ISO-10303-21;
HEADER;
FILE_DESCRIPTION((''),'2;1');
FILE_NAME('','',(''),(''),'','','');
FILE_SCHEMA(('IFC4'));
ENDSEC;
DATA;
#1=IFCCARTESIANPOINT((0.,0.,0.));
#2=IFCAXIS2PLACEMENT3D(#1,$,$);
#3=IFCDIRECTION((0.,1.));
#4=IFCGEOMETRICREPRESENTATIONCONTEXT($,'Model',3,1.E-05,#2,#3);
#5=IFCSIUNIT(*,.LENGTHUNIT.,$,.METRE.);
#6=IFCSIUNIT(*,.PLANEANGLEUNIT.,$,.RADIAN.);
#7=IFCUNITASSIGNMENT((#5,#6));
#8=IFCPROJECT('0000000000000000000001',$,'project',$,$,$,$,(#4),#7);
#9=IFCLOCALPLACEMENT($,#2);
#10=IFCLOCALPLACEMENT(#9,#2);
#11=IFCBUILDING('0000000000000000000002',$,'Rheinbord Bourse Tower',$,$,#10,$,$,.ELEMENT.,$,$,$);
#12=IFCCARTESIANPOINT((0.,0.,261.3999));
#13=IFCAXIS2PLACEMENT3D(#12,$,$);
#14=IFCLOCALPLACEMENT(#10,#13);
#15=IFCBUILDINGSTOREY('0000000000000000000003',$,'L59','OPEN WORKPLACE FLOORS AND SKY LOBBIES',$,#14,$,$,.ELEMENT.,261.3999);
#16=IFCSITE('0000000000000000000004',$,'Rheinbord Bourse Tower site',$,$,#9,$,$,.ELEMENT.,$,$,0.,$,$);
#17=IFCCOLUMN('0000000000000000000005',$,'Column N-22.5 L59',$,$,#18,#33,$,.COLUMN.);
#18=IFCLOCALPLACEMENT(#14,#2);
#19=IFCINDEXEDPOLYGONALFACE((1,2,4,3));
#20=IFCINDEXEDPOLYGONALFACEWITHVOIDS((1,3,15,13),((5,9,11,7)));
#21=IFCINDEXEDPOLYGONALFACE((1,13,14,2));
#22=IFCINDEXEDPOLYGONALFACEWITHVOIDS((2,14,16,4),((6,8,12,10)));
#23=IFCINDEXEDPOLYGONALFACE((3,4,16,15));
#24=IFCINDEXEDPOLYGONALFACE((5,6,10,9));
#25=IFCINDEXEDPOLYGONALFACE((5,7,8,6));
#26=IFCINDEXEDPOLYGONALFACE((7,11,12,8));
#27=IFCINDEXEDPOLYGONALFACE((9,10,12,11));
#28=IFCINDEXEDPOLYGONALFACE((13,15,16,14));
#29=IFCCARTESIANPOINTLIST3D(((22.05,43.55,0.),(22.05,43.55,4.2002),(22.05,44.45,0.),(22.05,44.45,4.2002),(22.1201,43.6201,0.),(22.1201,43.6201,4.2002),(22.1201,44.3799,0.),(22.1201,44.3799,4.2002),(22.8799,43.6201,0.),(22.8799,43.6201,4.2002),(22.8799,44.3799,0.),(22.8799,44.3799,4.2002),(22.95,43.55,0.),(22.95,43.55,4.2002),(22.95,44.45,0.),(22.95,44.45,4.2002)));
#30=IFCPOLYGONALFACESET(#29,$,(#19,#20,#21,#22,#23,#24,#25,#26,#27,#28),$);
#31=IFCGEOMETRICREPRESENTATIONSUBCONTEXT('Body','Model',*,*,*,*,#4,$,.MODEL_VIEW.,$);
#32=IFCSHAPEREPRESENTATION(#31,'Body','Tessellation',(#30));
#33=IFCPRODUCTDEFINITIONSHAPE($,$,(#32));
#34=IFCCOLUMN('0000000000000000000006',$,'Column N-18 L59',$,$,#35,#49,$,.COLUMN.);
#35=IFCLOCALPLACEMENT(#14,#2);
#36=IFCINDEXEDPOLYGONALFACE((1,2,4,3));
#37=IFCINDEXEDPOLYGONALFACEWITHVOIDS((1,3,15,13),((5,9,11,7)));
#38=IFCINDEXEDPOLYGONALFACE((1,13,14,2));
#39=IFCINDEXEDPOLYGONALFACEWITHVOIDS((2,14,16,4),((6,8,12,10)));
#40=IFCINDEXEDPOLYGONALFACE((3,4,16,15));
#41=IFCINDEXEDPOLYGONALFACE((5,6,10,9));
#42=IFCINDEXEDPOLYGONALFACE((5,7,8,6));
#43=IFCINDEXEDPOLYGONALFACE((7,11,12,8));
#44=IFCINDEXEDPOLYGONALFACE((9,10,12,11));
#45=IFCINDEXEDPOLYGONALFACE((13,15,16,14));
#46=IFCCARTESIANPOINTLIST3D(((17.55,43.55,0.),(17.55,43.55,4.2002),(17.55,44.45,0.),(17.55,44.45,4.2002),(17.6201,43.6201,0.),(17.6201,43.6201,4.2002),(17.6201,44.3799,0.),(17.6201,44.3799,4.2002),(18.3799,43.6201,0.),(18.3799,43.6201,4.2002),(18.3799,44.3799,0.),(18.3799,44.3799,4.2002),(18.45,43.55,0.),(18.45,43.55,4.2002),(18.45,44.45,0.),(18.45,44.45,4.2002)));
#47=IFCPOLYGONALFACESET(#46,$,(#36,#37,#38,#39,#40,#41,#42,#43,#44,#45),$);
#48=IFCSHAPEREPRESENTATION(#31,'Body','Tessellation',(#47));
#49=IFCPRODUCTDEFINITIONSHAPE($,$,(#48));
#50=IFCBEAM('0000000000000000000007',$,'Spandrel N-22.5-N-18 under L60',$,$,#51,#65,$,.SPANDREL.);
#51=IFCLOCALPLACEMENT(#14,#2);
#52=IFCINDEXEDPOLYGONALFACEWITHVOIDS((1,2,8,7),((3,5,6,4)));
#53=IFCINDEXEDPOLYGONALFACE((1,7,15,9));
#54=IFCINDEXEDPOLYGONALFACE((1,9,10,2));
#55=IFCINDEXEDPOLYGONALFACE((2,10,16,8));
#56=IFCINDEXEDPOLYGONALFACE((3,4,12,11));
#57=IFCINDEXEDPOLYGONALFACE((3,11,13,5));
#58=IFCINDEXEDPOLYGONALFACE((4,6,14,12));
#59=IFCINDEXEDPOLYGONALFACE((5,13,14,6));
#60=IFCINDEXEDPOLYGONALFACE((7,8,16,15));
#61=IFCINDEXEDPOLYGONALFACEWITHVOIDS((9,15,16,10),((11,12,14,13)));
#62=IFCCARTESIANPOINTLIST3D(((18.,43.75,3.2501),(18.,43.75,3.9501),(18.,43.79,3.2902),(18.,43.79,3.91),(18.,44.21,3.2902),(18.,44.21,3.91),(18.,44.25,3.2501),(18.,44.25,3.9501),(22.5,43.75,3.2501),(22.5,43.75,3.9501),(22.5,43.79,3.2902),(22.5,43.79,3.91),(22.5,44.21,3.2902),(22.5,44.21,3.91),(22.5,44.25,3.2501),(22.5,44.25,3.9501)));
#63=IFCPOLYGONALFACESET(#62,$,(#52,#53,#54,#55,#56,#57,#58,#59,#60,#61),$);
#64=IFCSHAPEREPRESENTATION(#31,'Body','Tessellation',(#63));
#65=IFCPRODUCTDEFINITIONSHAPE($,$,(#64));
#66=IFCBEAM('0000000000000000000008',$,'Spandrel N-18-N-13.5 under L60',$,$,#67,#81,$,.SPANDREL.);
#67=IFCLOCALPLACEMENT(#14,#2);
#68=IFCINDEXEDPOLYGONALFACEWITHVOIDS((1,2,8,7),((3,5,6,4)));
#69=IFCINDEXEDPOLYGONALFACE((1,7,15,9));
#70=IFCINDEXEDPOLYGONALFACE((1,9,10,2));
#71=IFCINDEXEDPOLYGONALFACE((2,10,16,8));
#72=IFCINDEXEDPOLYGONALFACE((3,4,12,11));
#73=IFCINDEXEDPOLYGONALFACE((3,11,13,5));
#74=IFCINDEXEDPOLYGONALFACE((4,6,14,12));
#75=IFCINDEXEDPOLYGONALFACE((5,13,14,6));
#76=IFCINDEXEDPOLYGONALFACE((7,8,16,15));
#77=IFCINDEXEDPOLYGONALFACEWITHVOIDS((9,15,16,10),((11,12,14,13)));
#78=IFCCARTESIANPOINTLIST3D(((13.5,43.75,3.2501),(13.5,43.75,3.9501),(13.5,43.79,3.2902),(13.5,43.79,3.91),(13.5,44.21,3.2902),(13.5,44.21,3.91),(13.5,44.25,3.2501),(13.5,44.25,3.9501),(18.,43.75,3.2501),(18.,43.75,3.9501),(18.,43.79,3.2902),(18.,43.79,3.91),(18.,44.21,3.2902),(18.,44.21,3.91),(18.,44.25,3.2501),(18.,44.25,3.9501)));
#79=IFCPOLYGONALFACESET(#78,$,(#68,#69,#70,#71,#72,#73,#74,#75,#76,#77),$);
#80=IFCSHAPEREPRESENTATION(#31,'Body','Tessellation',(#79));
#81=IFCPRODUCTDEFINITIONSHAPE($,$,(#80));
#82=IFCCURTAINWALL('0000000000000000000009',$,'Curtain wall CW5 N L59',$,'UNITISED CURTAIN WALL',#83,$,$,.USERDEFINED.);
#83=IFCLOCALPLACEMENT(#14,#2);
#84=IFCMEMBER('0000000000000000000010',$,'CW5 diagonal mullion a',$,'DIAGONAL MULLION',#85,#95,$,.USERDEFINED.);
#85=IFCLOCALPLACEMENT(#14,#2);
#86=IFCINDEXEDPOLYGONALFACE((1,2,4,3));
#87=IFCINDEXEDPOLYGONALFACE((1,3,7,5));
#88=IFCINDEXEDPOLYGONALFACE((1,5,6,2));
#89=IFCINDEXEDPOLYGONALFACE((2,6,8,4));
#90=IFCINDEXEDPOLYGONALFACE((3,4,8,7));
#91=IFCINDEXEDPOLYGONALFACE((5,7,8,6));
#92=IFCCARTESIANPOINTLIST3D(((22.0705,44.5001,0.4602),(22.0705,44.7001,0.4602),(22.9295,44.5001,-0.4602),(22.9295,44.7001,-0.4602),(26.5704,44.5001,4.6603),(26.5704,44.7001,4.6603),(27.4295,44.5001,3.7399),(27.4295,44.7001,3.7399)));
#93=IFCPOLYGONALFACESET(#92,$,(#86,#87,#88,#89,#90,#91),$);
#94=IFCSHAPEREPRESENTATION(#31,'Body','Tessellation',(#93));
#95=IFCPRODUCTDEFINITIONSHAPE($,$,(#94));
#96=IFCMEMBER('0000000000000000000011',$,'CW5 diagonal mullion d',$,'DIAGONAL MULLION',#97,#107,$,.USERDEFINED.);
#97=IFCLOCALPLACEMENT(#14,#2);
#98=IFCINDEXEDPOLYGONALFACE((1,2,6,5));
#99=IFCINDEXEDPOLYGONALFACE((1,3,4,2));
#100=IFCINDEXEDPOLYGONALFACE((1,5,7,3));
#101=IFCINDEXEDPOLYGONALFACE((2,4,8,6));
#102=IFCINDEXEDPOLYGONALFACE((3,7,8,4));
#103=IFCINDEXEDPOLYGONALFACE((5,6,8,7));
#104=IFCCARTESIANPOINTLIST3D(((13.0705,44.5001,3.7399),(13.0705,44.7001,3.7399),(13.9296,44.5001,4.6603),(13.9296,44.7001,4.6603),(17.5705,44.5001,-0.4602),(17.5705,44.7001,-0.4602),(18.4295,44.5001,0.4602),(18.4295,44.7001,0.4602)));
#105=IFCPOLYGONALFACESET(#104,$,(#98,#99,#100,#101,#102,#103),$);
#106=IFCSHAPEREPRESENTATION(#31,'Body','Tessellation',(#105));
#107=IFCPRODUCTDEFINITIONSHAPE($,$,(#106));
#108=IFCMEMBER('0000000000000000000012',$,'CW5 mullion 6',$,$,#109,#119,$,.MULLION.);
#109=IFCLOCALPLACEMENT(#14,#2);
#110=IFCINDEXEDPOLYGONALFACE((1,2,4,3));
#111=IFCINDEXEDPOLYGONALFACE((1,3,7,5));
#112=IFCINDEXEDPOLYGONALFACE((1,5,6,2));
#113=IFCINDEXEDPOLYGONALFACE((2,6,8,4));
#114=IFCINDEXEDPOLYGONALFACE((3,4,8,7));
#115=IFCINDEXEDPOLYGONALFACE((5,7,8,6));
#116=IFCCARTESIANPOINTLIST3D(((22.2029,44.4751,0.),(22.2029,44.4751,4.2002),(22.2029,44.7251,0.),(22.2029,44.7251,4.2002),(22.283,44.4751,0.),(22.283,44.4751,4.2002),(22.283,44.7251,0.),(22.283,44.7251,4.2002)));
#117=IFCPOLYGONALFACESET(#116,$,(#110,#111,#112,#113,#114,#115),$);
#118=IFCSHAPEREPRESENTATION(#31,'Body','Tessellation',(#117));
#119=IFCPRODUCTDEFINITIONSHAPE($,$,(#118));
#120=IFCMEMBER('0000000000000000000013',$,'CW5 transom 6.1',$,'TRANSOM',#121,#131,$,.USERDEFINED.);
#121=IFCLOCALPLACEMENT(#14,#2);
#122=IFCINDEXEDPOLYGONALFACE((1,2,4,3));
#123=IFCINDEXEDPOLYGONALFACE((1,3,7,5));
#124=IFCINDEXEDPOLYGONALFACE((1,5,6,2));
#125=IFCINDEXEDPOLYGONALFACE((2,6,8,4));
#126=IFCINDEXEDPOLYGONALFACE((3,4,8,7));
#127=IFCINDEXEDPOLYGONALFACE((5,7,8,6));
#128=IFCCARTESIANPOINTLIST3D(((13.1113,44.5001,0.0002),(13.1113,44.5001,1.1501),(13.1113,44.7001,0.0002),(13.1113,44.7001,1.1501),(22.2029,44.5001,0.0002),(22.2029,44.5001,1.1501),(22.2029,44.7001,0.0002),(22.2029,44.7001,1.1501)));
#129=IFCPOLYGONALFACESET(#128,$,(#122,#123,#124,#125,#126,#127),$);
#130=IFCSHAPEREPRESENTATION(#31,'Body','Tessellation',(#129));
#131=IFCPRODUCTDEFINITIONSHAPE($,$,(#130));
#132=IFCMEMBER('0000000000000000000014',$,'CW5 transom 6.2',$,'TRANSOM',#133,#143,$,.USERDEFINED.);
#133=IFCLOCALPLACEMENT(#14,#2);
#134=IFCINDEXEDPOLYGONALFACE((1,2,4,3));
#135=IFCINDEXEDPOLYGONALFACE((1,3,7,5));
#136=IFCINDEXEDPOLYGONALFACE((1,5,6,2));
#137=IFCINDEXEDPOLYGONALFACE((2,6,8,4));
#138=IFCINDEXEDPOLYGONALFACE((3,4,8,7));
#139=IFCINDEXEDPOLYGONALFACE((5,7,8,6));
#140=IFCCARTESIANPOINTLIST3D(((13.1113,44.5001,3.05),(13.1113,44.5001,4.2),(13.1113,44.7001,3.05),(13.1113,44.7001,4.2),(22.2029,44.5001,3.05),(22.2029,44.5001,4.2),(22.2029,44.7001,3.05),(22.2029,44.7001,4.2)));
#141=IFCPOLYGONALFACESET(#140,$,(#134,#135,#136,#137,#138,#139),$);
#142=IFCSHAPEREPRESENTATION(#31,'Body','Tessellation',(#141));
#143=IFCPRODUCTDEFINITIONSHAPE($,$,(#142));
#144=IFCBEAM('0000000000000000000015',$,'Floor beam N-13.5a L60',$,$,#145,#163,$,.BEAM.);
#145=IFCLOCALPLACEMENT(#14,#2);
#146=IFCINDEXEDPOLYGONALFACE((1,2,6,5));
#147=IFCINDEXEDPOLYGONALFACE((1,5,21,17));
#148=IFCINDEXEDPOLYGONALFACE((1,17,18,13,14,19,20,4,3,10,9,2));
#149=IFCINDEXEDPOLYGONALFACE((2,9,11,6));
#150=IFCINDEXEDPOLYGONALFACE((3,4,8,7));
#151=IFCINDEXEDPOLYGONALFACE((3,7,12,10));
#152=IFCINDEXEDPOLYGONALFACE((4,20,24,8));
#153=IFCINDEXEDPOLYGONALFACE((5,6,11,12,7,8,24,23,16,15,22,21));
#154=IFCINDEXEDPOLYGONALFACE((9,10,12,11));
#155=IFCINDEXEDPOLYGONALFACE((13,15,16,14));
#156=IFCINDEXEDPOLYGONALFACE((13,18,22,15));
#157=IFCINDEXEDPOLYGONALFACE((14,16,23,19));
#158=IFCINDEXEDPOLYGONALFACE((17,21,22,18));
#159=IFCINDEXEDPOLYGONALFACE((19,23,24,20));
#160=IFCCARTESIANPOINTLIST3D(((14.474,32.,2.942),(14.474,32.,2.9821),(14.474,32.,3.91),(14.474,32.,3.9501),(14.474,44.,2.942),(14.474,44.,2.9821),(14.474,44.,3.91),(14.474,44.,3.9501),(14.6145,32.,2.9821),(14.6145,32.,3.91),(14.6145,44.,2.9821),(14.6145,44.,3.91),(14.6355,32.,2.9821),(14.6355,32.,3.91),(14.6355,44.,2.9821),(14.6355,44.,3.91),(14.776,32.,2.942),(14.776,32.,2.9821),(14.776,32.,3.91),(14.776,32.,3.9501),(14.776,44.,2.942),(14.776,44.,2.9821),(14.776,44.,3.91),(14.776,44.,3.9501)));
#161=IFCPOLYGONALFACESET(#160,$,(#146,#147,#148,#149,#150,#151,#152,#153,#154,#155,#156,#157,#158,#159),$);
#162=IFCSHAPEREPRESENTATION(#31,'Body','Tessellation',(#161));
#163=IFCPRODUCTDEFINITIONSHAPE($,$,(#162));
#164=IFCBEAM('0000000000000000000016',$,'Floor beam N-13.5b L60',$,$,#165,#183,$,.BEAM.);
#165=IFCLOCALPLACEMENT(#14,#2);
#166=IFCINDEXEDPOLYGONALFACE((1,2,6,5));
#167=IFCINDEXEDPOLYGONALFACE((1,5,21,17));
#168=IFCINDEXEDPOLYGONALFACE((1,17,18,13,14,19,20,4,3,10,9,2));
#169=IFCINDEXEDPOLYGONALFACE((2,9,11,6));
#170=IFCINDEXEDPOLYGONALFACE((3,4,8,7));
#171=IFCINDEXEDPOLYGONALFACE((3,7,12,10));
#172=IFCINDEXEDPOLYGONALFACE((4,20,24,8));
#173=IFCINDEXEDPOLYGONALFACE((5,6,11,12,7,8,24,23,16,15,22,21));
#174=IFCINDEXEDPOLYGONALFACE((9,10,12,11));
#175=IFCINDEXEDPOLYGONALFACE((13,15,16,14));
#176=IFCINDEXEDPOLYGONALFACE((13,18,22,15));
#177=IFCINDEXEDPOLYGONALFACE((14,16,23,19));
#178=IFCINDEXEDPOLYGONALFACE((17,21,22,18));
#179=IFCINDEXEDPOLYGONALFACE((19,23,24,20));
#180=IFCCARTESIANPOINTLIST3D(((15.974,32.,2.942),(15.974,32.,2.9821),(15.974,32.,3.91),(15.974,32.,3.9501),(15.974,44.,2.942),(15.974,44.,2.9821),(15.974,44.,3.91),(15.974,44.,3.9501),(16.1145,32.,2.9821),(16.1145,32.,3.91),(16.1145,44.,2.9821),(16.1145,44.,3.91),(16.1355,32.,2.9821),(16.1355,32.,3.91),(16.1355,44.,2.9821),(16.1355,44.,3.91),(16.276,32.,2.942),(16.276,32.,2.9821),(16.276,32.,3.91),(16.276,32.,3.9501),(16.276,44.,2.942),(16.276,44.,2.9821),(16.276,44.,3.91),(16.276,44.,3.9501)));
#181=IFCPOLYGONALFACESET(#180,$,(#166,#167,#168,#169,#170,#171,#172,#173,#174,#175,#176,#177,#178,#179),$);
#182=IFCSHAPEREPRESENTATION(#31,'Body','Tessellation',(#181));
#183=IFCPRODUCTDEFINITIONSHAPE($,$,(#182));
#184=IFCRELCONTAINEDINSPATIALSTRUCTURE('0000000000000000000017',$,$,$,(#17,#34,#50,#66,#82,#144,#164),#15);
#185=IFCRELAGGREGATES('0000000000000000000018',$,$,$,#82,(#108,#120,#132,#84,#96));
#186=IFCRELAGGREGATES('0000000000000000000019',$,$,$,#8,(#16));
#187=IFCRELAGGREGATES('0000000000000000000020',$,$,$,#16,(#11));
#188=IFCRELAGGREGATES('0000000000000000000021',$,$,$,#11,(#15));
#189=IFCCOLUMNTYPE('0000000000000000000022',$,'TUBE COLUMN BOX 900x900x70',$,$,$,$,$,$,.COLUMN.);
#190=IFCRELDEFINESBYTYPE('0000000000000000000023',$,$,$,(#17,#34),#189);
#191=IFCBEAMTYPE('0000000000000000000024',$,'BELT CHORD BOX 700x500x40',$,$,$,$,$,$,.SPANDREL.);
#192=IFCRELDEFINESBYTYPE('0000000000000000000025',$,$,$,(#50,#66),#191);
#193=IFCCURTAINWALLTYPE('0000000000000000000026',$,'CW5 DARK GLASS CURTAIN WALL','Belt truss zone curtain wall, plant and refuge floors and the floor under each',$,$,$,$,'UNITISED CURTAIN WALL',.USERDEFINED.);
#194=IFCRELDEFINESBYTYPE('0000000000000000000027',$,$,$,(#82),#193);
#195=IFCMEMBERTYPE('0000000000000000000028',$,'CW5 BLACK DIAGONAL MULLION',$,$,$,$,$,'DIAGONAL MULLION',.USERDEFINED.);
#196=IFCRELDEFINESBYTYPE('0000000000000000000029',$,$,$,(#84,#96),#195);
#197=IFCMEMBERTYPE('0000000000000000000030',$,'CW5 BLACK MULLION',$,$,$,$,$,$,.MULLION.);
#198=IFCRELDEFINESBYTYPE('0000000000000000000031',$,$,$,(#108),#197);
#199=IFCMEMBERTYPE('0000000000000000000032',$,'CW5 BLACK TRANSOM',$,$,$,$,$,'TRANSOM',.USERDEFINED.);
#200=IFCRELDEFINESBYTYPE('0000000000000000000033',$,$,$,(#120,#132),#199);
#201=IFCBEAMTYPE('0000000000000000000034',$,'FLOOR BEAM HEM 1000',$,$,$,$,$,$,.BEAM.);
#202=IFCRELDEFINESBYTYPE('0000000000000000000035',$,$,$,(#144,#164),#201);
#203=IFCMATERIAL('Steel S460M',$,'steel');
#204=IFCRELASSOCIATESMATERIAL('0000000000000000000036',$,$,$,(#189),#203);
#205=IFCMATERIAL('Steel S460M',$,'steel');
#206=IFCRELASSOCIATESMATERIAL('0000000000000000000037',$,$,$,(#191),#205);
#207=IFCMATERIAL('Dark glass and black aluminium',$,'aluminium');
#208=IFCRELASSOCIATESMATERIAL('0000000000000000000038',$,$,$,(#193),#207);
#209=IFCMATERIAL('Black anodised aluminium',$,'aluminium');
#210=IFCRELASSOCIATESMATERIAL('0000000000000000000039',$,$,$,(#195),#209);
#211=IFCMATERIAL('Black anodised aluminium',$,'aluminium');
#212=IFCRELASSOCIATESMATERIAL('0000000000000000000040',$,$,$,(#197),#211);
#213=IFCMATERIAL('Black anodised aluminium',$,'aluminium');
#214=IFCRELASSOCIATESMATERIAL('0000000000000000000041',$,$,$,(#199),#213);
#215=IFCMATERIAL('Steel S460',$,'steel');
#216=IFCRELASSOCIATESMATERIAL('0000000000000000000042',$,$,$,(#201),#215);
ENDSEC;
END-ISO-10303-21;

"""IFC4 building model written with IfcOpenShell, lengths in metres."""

from ifc_helpers import new_model, si_unit, direction, frame, origin, origin_2d, place, context, subcontext, project, spatial, rectangle, hollow_rectangle, i_section, extrude, material, material_profile, profile_set, type_object, element, aggregate, save


model = new_model("IFC4")

# Units and contexts
model_context = context("Model", 3, precision=1e-05, world=origin(), true_north=direction((0.0, 1.0)))
body_context = subcontext(model_context, "Body", "Model", "MODEL_VIEW")
ifc_project = project(units=[si_unit("LENGTHUNIT", "METRE"), si_unit("PLANEANGLEUNIT", "RADIAN")], contexts=[model_context])

# Site, building, storey
site_placement = place(None, origin())
site = spatial("IfcSite", under=ifc_project, at=site_placement, Name="Rheinbord Bourse Tower site", CompositionType="ELEMENT", RefElevation=0.0)
building_placement = place(site_placement, origin())
building = spatial("IfcBuilding", under=site, at=building_placement, Name="Rheinbord Bourse Tower", CompositionType="ELEMENT")
storey_placement = place(building_placement, frame((0.0, 0.0, 261.3999)))
storey = spatial("IfcBuildingStorey", under=building, at=storey_placement, Name="L59", Description="OPEN WORKPLACE FLOORS AND SKY LOBBIES", CompositionType="ELEMENT", Elevation=261.3999)

# Columns
ifc_material_1 = material(Name="Steel S460M", Category="steel")
ifc_material_profile_1 = material_profile(ifc_material_1, hollow_rectangle(XDim=0.8999, YDim=0.8999, WallThickness=0.0701, at=origin_2d()), Name="BOX 900x900x70")
ifc_profile_set_1 = profile_set([ifc_material_profile_1], Name="Steel S460M")
column_type = type_object("IfcColumnType", Name="TUBE COLUMN BOX 900x900x70", PredefinedType="COLUMN", material=ifc_profile_set_1)
for number, where, z_axis, x_axis, name in (
    (1, (22.5, 44.0, 0.0), (0.0, 0.0, 1.0), (0.0, 1.0, 0.0), "Column N-22.5 L59"),
    (2, (18.0, 44.0, 0.0), (0.0, 0.0, 1.0), (0.0, 1.0, 0.0), "Column N-18 L59"),
):
    element("IfcColumn", number, at=place(storey_placement, frame(where, z_axis=z_axis, x_axis=x_axis)), inside=storey, type_object=column_type, Name=name, PredefinedType="COLUMN", context=body_context, shape_type="SweptSolid", body=[
        extrude(hollow_rectangle(XDim=0.8999, YDim=0.8999, WallThickness=0.0701, at=origin_2d()), origin(), (0.0, 0.0, 1.0), 4.2002),
    ])

# Beams
ifc_material_2 = material(Name="Steel S460M", Category="steel")
ifc_material_profile_2 = material_profile(ifc_material_2, hollow_rectangle(XDim=0.5, YDim=0.7, WallThickness=0.04, at=origin_2d()), Name="BOX 700x500x40")
ifc_profile_set_2 = profile_set([ifc_material_profile_2], Name="Steel S460M")
beam_type_1 = type_object("IfcBeamType", Name="BELT CHORD BOX 700x500x40", PredefinedType="SPANDREL", material=ifc_profile_set_2)
for number, where, z_axis, x_axis, name in (
    (3, (22.5, 44.0, 3.6001), (-1.0, 0.0, 0.0), (0.0, -1.0, 0.0), "Spandrel N-22.5-N-18 under L60"),
    (4, (18.0, 44.0, 3.6001), (-1.0, 0.0, 0.0), (0.0, -1.0, 0.0), "Spandrel N-18-N-13.5 under L60"),
):
    element("IfcBeam", number, at=place(storey_placement, frame(where, z_axis=z_axis, x_axis=x_axis)), inside=storey, type_object=beam_type_1, Name=name, PredefinedType="SPANDREL", context=body_context, shape_type="SweptSolid", body=[
        extrude(hollow_rectangle(XDim=0.5, YDim=0.7, WallThickness=0.04, at=origin_2d()), origin(), (0.0, 0.0, 1.0), 4.5),
    ])

# Curtain wall, members
ifc_material_3 = material(Name="Dark glass and black aluminium", Category="aluminium")
curtain_wall_type = type_object("IfcCurtainWallType", Name="CW5 DARK GLASS CURTAIN WALL", Description="Belt truss zone curtain wall, plant and refuge floors and the floor under each", ElementType="UNITISED CURTAIN WALL", PredefinedType="USERDEFINED", material=ifc_material_3)
curtain_wall_placement = place(storey_placement, origin())
curtain_wall = element("IfcCurtainWall", 5, at=curtain_wall_placement, inside=storey, type_object=curtain_wall_type, Name="Curtain wall CW5 N L59", ObjectType="UNITISED CURTAIN WALL", PredefinedType="USERDEFINED")
ifc_material_4 = material(Name="Black anodised aluminium", Category="aluminium")
ifc_material_profile_3 = material_profile(ifc_material_4, rectangle(XDim=0.2, YDim=1.259, at=origin_2d()), Name="CW5 DIAGONAL MULLION 1259x200")
ifc_profile_set_3 = profile_set([ifc_material_profile_3], Name="Black anodised aluminium")
member_type_1 = type_object("IfcMemberType", Name="CW5 BLACK DIAGONAL MULLION", ElementType="DIAGONAL MULLION", PredefinedType="USERDEFINED", material=ifc_profile_set_3)
member_1_placement = place(storey_placement, frame((22.5, 44.6001, 0.0), z_axis=(0.731039, 0.0, 0.682335), x_axis=(0.0, 1.0, 0.0)))
member_1 = element("IfcMember", 6, at=member_1_placement, type_object=member_type_1, Name="CW5 diagonal mullion a", ObjectType="DIAGONAL MULLION", PredefinedType="USERDEFINED", context=body_context, shape_type="SweptSolid", body=[
    extrude(rectangle(XDim=0.2, YDim=1.259, at=origin_2d()), origin(), (0.0, 0.0, 1.0), 6.1555),
])
member_2_placement = place(storey_placement, frame((18.0, 44.6001, 0.0), z_axis=(-0.731039, 0.0, 0.682335), x_axis=(0.0, -1.0, 0.0)))
member_2 = element("IfcMember", 7, at=member_2_placement, type_object=member_type_1, Name="CW5 diagonal mullion d", ObjectType="DIAGONAL MULLION", PredefinedType="USERDEFINED", context=body_context, shape_type="SweptSolid", body=[
    extrude(rectangle(XDim=0.2, YDim=1.259, at=origin_2d()), origin(), (0.0, 0.0, 1.0), 6.1555),
])
ifc_material_5 = material(Name="Black anodised aluminium", Category="aluminium")
ifc_material_profile_4 = material_profile(ifc_material_5, rectangle(XDim=0.25, YDim=0.0801, at=origin_2d()), Name="CW5 MULLION 80x250")
ifc_profile_set_4 = profile_set([ifc_material_profile_4], Name="Black anodised aluminium")
member_type_2 = type_object("IfcMemberType", Name="CW5 BLACK MULLION", PredefinedType="MULLION", material=ifc_profile_set_4)
member_3_placement = place(storey_placement, frame((22.2429, 44.6001, 0.0), z_axis=(0.0, 0.0, 1.0), x_axis=(0.0, -1.0, 0.0)))
member_3 = element("IfcMember", 8, at=member_3_placement, type_object=member_type_2, Name="CW5 mullion 6", PredefinedType="MULLION", context=body_context, shape_type="SweptSolid", body=[
    extrude(rectangle(XDim=0.25, YDim=0.0801, at=origin_2d()), origin(), (0.0, 0.0, 1.0), 4.2002),
])
ifc_material_6 = material(Name="Black anodised aluminium", Category="aluminium")
ifc_material_profile_5 = material_profile(ifc_material_6, rectangle(XDim=0.2, YDim=1.1499, at=origin_2d()), Name="CW5 TRANSOM 1150x200")
ifc_profile_set_5 = profile_set([ifc_material_profile_5], Name="Black anodised aluminium")
member_type_3 = type_object("IfcMemberType", Name="CW5 BLACK TRANSOM", ElementType="TRANSOM", PredefinedType="USERDEFINED", material=ifc_profile_set_5)
member_4_placement = place(storey_placement, frame((22.2029, 44.6001, 0.5752), z_axis=(-1.0, 0.0, 0.0), x_axis=(0.0, -1.0, 0.0)))
member_4 = element("IfcMember", 9, at=member_4_placement, type_object=member_type_3, Name="CW5 transom 6.1", ObjectType="TRANSOM", PredefinedType="USERDEFINED", context=body_context, shape_type="SweptSolid", body=[
    extrude(rectangle(XDim=0.2, YDim=1.1499, at=origin_2d()), origin(), (0.0, 0.0, 1.0), 9.0916),
])
member_5_placement = place(storey_placement, frame((22.2029, 44.6001, 3.625), z_axis=(-1.0, 0.0, 0.0), x_axis=(0.0, -1.0, 0.0)))
member_5 = element("IfcMember", 10, at=member_5_placement, type_object=member_type_3, Name="CW5 transom 6.2", ObjectType="TRANSOM", PredefinedType="USERDEFINED", context=body_context, shape_type="SweptSolid", body=[
    extrude(rectangle(XDim=0.2, YDim=1.1499, at=origin_2d()), origin(), (0.0, 0.0, 1.0), 9.0916),
])

# Beams
ifc_material_7 = material(Name="Steel S460", Category="steel")
ifc_material_profile_6 = material_profile(ifc_material_7, i_section(OverallWidth=0.302, OverallDepth=1.0081, WebThickness=0.021, FlangeThickness=0.04, at=origin_2d()), Name="HEM 1000")
ifc_profile_set_6 = profile_set([ifc_material_profile_6], Name="Steel S460")
beam_type_2 = type_object("IfcBeamType", Name="FLOOR BEAM HEM 1000", PredefinedType="BEAM", material=ifc_profile_set_6)
for number, where, z_axis, x_axis, name in (
    (11, (14.625, 44.0, 3.446), (0.0, -1.0, 0.0), (1.0, 0.0, 0.0), "Floor beam N-13.5a L60"),
    (12, (16.125, 44.0, 3.446), (0.0, -1.0, 0.0), (1.0, 0.0, 0.0), "Floor beam N-13.5b L60"),
):
    element("IfcBeam", number, at=place(storey_placement, frame(where, z_axis=z_axis, x_axis=x_axis)), inside=storey, type_object=beam_type_2, Name=name, PredefinedType="BEAM", context=body_context, shape_type="SweptSolid", body=[
        extrude(i_section(OverallWidth=0.302, OverallDepth=1.0081, WebThickness=0.021, FlangeThickness=0.04, at=origin_2d()), origin(), (0.0, 0.0, 1.0), 12.0),
    ])

aggregate(curtain_wall, [member_3, member_4, member_5, member_1, member_2])

save(model, "model.ifc")
